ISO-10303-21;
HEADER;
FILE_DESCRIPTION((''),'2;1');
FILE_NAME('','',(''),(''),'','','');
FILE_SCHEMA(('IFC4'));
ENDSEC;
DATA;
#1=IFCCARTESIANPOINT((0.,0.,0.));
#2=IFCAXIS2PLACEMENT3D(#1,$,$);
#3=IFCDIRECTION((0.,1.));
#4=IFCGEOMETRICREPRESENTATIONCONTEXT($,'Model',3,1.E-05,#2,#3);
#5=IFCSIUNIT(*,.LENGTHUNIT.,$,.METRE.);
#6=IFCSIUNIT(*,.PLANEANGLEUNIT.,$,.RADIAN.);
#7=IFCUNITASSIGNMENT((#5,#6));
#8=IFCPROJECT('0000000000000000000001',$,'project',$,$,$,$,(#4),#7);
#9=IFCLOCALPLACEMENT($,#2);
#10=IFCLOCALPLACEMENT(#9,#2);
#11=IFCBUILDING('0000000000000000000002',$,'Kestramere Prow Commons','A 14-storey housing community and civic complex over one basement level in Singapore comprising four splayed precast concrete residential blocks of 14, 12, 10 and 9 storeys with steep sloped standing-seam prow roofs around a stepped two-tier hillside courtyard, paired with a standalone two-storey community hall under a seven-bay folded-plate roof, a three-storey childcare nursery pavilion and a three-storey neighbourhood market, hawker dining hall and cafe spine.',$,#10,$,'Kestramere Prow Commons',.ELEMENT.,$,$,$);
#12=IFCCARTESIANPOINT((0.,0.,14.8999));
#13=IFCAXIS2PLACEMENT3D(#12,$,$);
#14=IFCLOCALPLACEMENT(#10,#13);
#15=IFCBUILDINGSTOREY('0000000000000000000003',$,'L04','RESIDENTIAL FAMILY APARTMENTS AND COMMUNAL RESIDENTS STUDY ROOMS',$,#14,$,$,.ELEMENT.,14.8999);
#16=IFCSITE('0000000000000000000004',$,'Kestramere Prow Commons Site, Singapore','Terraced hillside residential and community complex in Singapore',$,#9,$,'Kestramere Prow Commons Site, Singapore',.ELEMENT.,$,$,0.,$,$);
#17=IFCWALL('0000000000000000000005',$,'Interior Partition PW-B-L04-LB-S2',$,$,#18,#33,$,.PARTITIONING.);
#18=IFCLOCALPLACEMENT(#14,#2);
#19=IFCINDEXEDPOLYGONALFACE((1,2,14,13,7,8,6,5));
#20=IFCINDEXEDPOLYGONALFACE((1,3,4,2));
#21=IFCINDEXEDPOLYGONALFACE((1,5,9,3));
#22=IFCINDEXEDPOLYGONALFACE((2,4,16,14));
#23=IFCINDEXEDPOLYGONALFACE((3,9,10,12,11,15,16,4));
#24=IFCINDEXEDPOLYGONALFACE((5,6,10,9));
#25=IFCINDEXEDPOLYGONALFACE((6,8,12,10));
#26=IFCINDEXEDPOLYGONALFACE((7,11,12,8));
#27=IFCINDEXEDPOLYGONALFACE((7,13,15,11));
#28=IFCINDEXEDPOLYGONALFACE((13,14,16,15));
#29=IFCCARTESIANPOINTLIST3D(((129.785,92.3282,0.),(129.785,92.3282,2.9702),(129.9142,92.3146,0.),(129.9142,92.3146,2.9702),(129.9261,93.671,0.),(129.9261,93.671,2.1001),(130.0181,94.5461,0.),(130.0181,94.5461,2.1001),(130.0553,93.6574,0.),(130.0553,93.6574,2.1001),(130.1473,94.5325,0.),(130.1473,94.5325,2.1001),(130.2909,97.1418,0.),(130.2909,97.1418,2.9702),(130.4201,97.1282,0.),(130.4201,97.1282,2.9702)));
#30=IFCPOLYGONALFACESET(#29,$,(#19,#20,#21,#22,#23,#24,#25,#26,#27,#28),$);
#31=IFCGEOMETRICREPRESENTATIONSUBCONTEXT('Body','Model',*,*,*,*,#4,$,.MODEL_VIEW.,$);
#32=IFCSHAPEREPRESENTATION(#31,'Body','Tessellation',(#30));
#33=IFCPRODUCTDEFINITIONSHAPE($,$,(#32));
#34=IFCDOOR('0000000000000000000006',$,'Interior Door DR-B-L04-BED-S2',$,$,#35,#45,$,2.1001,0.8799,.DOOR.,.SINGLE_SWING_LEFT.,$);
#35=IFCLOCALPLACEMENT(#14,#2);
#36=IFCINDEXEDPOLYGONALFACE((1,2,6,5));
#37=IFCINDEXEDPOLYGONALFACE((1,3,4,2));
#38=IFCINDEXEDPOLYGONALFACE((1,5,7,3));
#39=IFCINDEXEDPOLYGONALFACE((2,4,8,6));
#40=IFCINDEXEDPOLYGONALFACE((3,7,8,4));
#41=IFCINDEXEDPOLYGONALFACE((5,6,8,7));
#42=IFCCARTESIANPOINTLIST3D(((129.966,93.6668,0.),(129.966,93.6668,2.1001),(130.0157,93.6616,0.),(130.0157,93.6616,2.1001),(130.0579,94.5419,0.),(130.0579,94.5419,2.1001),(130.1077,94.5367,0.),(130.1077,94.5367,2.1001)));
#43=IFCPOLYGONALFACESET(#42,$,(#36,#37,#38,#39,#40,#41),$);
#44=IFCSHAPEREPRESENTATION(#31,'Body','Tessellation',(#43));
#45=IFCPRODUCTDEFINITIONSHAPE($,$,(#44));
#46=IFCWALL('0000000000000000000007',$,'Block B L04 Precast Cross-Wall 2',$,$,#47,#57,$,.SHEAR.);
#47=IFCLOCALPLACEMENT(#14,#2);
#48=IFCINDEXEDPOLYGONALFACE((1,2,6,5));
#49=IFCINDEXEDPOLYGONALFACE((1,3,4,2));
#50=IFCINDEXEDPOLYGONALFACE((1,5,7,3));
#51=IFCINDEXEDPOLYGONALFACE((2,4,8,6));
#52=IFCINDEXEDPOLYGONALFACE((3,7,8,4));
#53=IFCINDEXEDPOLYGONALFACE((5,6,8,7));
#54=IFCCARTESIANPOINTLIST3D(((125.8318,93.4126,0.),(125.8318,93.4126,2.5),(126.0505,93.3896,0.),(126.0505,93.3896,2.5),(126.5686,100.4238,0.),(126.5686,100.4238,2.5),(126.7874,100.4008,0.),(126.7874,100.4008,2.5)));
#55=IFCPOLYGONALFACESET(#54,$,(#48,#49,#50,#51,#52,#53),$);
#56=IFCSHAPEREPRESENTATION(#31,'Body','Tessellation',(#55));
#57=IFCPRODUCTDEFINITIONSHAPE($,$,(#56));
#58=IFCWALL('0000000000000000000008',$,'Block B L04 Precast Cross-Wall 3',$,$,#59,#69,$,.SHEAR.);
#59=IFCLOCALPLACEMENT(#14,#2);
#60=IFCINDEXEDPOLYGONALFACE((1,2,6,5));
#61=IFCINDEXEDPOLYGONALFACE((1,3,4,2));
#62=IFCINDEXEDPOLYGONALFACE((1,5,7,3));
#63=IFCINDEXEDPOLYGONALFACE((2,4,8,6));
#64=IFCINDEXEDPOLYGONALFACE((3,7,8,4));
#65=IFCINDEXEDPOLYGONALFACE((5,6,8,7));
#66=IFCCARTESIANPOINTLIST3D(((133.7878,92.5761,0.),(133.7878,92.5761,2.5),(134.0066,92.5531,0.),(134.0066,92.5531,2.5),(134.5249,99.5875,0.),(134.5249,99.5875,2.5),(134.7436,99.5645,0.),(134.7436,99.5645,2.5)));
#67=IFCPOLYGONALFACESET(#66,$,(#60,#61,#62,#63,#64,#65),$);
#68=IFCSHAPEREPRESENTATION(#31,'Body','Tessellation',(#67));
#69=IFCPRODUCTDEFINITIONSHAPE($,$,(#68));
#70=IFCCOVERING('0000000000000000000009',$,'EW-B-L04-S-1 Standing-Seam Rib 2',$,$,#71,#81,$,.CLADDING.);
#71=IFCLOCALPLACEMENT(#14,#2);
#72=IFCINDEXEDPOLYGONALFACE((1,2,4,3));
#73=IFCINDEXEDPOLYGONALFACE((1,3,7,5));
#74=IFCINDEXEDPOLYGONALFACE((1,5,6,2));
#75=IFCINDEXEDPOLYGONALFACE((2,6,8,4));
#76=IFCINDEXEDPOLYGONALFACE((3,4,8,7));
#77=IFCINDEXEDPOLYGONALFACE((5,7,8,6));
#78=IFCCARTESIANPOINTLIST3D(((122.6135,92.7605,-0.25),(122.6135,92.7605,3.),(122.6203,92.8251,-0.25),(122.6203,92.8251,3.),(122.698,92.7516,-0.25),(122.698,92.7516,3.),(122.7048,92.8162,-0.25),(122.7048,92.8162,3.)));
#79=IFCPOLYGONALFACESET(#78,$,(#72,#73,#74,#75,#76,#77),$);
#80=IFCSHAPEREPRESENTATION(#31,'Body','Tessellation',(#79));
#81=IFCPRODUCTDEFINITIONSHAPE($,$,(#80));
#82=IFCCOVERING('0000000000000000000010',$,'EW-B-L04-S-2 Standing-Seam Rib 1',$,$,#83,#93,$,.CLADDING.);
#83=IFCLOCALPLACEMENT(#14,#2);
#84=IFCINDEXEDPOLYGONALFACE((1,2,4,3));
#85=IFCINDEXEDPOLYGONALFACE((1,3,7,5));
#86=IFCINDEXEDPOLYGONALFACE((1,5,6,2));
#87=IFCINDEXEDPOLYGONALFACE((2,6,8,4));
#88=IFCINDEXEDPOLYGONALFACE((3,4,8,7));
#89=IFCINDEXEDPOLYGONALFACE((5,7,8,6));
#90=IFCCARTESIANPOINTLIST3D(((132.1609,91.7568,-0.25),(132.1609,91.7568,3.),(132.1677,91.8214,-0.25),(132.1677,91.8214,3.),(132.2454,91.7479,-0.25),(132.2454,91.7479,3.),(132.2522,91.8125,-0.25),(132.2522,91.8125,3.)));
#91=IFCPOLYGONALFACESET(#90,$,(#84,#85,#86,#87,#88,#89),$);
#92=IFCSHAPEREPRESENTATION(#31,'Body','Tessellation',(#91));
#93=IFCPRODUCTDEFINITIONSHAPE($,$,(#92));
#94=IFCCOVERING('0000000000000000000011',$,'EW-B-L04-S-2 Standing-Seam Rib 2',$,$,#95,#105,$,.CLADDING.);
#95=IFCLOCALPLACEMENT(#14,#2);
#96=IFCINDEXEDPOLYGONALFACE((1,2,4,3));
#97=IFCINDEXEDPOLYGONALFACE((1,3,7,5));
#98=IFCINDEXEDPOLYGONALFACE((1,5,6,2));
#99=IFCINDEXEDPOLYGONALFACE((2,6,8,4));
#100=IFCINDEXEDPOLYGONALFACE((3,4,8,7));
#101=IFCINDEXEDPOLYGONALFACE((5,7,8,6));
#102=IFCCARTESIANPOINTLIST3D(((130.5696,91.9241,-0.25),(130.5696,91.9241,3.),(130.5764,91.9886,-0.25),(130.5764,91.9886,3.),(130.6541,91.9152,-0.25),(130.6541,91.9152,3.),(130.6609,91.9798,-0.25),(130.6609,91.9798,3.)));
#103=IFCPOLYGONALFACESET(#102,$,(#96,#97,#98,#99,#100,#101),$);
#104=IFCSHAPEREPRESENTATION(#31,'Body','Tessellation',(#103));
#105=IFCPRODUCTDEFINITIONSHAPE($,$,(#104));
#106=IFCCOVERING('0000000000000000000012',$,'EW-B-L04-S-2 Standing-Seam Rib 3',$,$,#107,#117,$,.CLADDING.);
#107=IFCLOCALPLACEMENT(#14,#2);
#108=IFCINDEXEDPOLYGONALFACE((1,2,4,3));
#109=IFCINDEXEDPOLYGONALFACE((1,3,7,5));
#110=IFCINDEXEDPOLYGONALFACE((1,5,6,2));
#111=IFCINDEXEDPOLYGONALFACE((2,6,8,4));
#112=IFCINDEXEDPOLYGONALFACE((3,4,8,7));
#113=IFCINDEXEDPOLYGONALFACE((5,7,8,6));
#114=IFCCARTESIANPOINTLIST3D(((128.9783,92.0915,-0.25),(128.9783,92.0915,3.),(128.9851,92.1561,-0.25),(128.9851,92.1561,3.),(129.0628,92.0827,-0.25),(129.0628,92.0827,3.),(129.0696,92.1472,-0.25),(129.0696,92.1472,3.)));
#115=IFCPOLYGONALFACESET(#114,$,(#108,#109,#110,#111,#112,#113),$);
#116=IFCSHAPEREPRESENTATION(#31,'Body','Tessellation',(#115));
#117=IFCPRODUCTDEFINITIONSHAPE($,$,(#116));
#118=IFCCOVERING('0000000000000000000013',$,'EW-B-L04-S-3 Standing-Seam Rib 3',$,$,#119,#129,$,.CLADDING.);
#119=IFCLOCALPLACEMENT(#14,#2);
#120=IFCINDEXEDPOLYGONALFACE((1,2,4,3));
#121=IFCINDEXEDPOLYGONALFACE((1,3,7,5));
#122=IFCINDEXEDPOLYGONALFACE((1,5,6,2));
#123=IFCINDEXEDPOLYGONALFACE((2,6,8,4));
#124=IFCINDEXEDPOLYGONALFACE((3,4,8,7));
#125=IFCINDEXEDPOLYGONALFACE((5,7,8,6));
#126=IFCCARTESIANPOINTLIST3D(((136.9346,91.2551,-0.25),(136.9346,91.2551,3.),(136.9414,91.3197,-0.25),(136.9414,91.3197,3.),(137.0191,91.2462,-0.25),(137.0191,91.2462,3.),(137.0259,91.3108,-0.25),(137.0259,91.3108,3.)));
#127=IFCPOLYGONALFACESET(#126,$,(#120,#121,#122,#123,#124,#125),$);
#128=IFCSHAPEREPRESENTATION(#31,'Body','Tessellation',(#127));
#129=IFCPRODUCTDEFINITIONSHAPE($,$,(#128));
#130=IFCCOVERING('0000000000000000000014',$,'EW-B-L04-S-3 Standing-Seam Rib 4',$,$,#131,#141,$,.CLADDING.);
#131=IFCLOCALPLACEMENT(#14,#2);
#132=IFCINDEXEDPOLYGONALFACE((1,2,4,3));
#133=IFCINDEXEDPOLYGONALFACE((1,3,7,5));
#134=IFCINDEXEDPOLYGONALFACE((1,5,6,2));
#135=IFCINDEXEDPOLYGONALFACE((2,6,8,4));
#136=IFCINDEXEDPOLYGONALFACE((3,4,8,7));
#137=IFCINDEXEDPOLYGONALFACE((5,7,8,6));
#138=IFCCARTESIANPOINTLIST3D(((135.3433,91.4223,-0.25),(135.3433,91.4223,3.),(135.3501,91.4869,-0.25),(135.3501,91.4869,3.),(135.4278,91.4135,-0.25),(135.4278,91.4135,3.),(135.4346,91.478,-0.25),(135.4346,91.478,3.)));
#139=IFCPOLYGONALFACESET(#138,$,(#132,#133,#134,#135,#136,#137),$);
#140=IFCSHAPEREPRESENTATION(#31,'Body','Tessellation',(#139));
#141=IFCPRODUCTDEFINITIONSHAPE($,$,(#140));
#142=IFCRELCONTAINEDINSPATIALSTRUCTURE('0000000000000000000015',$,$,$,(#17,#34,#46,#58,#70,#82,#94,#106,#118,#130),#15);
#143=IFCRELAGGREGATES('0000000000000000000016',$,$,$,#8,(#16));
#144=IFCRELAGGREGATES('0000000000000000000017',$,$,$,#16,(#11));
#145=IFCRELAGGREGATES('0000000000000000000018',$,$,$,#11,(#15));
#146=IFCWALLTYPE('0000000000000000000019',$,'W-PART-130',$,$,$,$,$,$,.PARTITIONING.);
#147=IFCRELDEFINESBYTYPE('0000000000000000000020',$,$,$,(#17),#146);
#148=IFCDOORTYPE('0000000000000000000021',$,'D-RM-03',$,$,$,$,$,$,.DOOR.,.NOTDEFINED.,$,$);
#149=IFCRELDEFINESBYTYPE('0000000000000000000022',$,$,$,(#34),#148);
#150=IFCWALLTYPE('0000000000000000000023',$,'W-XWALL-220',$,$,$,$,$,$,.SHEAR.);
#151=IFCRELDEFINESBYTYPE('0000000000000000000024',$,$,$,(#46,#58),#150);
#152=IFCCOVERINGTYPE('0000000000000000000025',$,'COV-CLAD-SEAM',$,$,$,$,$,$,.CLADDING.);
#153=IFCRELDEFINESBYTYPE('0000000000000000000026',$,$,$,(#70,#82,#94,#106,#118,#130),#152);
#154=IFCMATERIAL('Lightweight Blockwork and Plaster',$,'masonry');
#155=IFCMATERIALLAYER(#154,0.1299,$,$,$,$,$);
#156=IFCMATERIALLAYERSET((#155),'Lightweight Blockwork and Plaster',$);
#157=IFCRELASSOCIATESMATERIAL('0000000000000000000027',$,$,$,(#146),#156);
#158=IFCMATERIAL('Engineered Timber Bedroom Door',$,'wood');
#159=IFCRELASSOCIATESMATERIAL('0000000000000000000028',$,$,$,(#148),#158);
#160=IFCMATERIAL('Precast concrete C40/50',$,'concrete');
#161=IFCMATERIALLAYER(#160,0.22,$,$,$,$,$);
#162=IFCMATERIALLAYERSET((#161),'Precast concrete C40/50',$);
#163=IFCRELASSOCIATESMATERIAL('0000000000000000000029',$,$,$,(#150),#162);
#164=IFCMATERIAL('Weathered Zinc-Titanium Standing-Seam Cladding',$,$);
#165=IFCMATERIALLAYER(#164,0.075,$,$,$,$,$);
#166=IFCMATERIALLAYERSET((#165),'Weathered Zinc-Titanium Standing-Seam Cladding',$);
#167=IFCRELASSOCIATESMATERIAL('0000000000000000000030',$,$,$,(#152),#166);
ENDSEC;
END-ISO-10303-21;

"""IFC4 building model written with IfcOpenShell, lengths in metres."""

from ifc_helpers import new_model, si_unit, direction, frame, frame_2d, origin, origin_2d, place, context, subcontext, project, spatial, rectangle, extrude, material, layer, layer_set, type_object, element, fill, save


model = new_model("IFC4")

# Units and contexts
model_context = context("Model", 3, precision=1e-05, world=origin(), true_north=direction((0.0, 1.0)))
body_context = subcontext(model_context, "Body", "Model", "MODEL_VIEW")
ifc_project = project(units=[si_unit("LENGTHUNIT", "METRE"), si_unit("PLANEANGLEUNIT", "RADIAN")], contexts=[model_context])

# Site, building, storey
site_placement = place(None, origin())
site = spatial("IfcSite", under=ifc_project, at=site_placement, Name="Kestramere Prow Commons Site, Singapore", Description="Terraced hillside residential and community complex in Singapore", LongName="Kestramere Prow Commons Site, Singapore", CompositionType="ELEMENT", RefElevation=0.0)
building_placement = place(site_placement, origin())
building = spatial("IfcBuilding", under=site, at=building_placement, Name="Kestramere Prow Commons", Description="A 14-storey housing community and civic complex over one basement level in Singapore comprising four splayed precast concrete residential blocks of 14, 12, 10 and 9 storeys with steep sloped standing-seam prow roofs around a stepped two-tier hillside courtyard, paired with a standalone two-storey community hall under a seven-bay folded-plate roof, a three-storey childcare nursery pavilion and a three-storey neighbourhood market, hawker dining hall and cafe spine.", LongName="Kestramere Prow Commons", CompositionType="ELEMENT")
storey_placement = place(building_placement, frame((0.0, 0.0, 14.8999)))
storey = spatial("IfcBuildingStorey", under=building, at=storey_placement, Name="L04", Description="RESIDENTIAL FAMILY APARTMENTS AND COMMUNAL RESIDENTS STUDY ROOMS", CompositionType="ELEMENT", Elevation=14.8999)

# Shared definitions
ifc_material_1 = material(Name="Precast concrete C40/50", Category="concrete")

# Wall, opening, door
ifc_material_2 = material(Name="Lightweight Blockwork and Plaster", Category="masonry")
ifc_layer_1 = layer(ifc_material_2, 0.1299)
ifc_layer_set_1 = layer_set([ifc_layer_1], Name="Lightweight Blockwork and Plaster")
wall_type_1 = type_object("IfcWallType", Name="W-PART-130", PredefinedType="PARTITIONING", material=ifc_layer_set_1)
wall_1_placement = place(storey_placement, frame((129.8496, 92.3215, 0.0), z_axis=(0.0, 0.0, 1.0), x_axis=(0.104517, 0.994523, 0.0)))
wall_1 = element("IfcWall", 1, at=wall_1_placement, inside=storey, type_object=wall_type_1, Name="Interior Partition PW-B-L04-LB-S2", PredefinedType="PARTITIONING", context=body_context, shape_type="SweptSolid", body=[
    extrude(rectangle(XDim=4.8401, YDim=0.1299, at=frame_2d((2.4199, 0.0))), origin(), (0.0, 0.0, 1.0), 2.9702),
])
opening_1_placement = place(wall_1_placement, frame((1.3501, 0.0, 0.0)))
opening_1 = element("IfcOpeningElement", 2, at=opening_1_placement, cuts=wall_1, PredefinedType="OPENING", context=body_context, shape_type="SweptSolid", body=[
    extrude(rectangle(XDim=0.8799, YDim=2.1001, at=frame_2d((0.4399, 1.05))), frame((0.0, 0.0798, 0.0), z_axis=(0.0, -1.0, 0.0), x_axis=(1.0, 0.0, 0.0)), (0.0, 0.0, 1.0), 0.1599),
])
ifc_material_3 = material(Name="Engineered Timber Bedroom Door", Category="wood")
door_type_1 = type_object("IfcDoorType", Name="D-RM-03", OperationType="NOTDEFINED", PredefinedType="DOOR", material=ifc_material_3)
door_1_placement = place(opening_1_placement, origin())
door_1 = element("IfcDoor", 3, at=door_1_placement, inside=storey, type_object=door_type_1, Name="Interior Door DR-B-L04-BED-S2", OperationType="SINGLE_SWING_LEFT", OverallHeight=2.1001, OverallWidth=0.8799, PredefinedType="DOOR", context=body_context, shape_type="SweptSolid", body=[
    extrude(rectangle(XDim=0.8799, YDim=2.1001, at=frame_2d((0.4399, 1.05))), frame((0.0, 0.0249, 0.0), z_axis=(0.0, -1.0, 0.0), x_axis=(1.0, 0.0, 0.0)), (0.0, 0.0, 1.0), 0.05),
])
fill(opening_1, door_1)

# Walls
ifc_layer_2 = layer(ifc_material_1, 0.22)
ifc_layer_set_2 = layer_set([ifc_layer_2], Name="Precast concrete C40/50")
wall_type_2 = type_object("IfcWallType", Name="W-XWALL-220", PredefinedType="SHEAR", material=ifc_layer_set_2)
wall_2_placement = place(storey_placement, frame((125.9412, 93.4011, 0.0), z_axis=(0.0, 0.0, 1.0), x_axis=(0.104515, 0.994523, 0.0)))
element("IfcWall", 4, at=wall_2_placement, inside=storey, type_object=wall_type_2, Name="Block B L04 Precast Cross-Wall 2", PredefinedType="SHEAR", context=body_context, shape_type="SweptSolid", body=[
    extrude(rectangle(XDim=7.0498, YDim=0.22, at=frame_2d((3.5249, 0.0))), origin(), (0.0, 0.0, 1.0), 2.5),
])
wall_3_placement = place(storey_placement, frame((133.8972, 92.5647, 0.0), z_axis=(0.0, 0.0, 1.0), x_axis=(0.104546, 0.99452, 0.0)))
element("IfcWall", 5, at=wall_3_placement, inside=storey, type_object=wall_type_2, Name="Block B L04 Precast Cross-Wall 3", PredefinedType="SHEAR", context=body_context, shape_type="SweptSolid", body=[
    extrude(rectangle(XDim=7.05, YDim=0.22, at=frame_2d((3.5249, 0.0))), origin(), (0.0, 0.0, 1.0), 2.5),
])

# Coverings
ifc_material_4 = material(Name="Weathered Zinc-Titanium Standing-Seam Cladding")
ifc_layer_3 = layer(ifc_material_4, 0.075)
ifc_layer_set_3 = layer_set([ifc_layer_3], Name="Weathered Zinc-Titanium Standing-Seam Cladding")
covering_type = type_object("IfcCoveringType", Name="COV-CLAD-SEAM", PredefinedType="CLADDING", material=ifc_layer_set_3)
for number, where, z_axis, x_axis, name in (
    (6, (122.6592, 92.7883, -0.25), (0.0, 0.0, 1.0), (-0.994522, 0.104528, 0.0), "EW-B-L04-S-1 Standing-Seam Rib 2"),
    (7, (132.2065, 91.7847, -0.25), (0.0, 0.0, 1.0), (-0.994522, 0.104528, 0.0), "EW-B-L04-S-2 Standing-Seam Rib 1"),
    (8, (130.6152, 91.9519, -0.25), (0.0, 0.0, 1.0), (-0.994522, 0.104528, 0.0), "EW-B-L04-S-2 Standing-Seam Rib 2"),
    (9, (129.0239, 92.1194, -0.25), (0.0, 0.0, 1.0), (-0.994522, 0.104528, 0.0), "EW-B-L04-S-2 Standing-Seam Rib 3"),
    (10, (136.9802, 91.283, -0.25), (0.0, 0.0, 1.0), (-0.994522, 0.104528, 0.0), "EW-B-L04-S-3 Standing-Seam Rib 3"),
    (11, (135.3889, 91.4502, -0.25), (0.0, 0.0, 1.0), (-0.994522, 0.104528, 0.0), "EW-B-L04-S-3 Standing-Seam Rib 4"),
):
    element("IfcCovering", number, at=place(storey_placement, frame(where, z_axis=z_axis, x_axis=x_axis)), inside=storey, type_object=covering_type, Name=name, PredefinedType="CLADDING", context=body_context, shape_type="SweptSolid", body=[
        extrude(rectangle(XDim=0.085, YDim=0.0649, at=origin_2d()), origin(), (0.0, 0.0, 1.0), 3.25),
    ])

save(model, "model.ifc")
